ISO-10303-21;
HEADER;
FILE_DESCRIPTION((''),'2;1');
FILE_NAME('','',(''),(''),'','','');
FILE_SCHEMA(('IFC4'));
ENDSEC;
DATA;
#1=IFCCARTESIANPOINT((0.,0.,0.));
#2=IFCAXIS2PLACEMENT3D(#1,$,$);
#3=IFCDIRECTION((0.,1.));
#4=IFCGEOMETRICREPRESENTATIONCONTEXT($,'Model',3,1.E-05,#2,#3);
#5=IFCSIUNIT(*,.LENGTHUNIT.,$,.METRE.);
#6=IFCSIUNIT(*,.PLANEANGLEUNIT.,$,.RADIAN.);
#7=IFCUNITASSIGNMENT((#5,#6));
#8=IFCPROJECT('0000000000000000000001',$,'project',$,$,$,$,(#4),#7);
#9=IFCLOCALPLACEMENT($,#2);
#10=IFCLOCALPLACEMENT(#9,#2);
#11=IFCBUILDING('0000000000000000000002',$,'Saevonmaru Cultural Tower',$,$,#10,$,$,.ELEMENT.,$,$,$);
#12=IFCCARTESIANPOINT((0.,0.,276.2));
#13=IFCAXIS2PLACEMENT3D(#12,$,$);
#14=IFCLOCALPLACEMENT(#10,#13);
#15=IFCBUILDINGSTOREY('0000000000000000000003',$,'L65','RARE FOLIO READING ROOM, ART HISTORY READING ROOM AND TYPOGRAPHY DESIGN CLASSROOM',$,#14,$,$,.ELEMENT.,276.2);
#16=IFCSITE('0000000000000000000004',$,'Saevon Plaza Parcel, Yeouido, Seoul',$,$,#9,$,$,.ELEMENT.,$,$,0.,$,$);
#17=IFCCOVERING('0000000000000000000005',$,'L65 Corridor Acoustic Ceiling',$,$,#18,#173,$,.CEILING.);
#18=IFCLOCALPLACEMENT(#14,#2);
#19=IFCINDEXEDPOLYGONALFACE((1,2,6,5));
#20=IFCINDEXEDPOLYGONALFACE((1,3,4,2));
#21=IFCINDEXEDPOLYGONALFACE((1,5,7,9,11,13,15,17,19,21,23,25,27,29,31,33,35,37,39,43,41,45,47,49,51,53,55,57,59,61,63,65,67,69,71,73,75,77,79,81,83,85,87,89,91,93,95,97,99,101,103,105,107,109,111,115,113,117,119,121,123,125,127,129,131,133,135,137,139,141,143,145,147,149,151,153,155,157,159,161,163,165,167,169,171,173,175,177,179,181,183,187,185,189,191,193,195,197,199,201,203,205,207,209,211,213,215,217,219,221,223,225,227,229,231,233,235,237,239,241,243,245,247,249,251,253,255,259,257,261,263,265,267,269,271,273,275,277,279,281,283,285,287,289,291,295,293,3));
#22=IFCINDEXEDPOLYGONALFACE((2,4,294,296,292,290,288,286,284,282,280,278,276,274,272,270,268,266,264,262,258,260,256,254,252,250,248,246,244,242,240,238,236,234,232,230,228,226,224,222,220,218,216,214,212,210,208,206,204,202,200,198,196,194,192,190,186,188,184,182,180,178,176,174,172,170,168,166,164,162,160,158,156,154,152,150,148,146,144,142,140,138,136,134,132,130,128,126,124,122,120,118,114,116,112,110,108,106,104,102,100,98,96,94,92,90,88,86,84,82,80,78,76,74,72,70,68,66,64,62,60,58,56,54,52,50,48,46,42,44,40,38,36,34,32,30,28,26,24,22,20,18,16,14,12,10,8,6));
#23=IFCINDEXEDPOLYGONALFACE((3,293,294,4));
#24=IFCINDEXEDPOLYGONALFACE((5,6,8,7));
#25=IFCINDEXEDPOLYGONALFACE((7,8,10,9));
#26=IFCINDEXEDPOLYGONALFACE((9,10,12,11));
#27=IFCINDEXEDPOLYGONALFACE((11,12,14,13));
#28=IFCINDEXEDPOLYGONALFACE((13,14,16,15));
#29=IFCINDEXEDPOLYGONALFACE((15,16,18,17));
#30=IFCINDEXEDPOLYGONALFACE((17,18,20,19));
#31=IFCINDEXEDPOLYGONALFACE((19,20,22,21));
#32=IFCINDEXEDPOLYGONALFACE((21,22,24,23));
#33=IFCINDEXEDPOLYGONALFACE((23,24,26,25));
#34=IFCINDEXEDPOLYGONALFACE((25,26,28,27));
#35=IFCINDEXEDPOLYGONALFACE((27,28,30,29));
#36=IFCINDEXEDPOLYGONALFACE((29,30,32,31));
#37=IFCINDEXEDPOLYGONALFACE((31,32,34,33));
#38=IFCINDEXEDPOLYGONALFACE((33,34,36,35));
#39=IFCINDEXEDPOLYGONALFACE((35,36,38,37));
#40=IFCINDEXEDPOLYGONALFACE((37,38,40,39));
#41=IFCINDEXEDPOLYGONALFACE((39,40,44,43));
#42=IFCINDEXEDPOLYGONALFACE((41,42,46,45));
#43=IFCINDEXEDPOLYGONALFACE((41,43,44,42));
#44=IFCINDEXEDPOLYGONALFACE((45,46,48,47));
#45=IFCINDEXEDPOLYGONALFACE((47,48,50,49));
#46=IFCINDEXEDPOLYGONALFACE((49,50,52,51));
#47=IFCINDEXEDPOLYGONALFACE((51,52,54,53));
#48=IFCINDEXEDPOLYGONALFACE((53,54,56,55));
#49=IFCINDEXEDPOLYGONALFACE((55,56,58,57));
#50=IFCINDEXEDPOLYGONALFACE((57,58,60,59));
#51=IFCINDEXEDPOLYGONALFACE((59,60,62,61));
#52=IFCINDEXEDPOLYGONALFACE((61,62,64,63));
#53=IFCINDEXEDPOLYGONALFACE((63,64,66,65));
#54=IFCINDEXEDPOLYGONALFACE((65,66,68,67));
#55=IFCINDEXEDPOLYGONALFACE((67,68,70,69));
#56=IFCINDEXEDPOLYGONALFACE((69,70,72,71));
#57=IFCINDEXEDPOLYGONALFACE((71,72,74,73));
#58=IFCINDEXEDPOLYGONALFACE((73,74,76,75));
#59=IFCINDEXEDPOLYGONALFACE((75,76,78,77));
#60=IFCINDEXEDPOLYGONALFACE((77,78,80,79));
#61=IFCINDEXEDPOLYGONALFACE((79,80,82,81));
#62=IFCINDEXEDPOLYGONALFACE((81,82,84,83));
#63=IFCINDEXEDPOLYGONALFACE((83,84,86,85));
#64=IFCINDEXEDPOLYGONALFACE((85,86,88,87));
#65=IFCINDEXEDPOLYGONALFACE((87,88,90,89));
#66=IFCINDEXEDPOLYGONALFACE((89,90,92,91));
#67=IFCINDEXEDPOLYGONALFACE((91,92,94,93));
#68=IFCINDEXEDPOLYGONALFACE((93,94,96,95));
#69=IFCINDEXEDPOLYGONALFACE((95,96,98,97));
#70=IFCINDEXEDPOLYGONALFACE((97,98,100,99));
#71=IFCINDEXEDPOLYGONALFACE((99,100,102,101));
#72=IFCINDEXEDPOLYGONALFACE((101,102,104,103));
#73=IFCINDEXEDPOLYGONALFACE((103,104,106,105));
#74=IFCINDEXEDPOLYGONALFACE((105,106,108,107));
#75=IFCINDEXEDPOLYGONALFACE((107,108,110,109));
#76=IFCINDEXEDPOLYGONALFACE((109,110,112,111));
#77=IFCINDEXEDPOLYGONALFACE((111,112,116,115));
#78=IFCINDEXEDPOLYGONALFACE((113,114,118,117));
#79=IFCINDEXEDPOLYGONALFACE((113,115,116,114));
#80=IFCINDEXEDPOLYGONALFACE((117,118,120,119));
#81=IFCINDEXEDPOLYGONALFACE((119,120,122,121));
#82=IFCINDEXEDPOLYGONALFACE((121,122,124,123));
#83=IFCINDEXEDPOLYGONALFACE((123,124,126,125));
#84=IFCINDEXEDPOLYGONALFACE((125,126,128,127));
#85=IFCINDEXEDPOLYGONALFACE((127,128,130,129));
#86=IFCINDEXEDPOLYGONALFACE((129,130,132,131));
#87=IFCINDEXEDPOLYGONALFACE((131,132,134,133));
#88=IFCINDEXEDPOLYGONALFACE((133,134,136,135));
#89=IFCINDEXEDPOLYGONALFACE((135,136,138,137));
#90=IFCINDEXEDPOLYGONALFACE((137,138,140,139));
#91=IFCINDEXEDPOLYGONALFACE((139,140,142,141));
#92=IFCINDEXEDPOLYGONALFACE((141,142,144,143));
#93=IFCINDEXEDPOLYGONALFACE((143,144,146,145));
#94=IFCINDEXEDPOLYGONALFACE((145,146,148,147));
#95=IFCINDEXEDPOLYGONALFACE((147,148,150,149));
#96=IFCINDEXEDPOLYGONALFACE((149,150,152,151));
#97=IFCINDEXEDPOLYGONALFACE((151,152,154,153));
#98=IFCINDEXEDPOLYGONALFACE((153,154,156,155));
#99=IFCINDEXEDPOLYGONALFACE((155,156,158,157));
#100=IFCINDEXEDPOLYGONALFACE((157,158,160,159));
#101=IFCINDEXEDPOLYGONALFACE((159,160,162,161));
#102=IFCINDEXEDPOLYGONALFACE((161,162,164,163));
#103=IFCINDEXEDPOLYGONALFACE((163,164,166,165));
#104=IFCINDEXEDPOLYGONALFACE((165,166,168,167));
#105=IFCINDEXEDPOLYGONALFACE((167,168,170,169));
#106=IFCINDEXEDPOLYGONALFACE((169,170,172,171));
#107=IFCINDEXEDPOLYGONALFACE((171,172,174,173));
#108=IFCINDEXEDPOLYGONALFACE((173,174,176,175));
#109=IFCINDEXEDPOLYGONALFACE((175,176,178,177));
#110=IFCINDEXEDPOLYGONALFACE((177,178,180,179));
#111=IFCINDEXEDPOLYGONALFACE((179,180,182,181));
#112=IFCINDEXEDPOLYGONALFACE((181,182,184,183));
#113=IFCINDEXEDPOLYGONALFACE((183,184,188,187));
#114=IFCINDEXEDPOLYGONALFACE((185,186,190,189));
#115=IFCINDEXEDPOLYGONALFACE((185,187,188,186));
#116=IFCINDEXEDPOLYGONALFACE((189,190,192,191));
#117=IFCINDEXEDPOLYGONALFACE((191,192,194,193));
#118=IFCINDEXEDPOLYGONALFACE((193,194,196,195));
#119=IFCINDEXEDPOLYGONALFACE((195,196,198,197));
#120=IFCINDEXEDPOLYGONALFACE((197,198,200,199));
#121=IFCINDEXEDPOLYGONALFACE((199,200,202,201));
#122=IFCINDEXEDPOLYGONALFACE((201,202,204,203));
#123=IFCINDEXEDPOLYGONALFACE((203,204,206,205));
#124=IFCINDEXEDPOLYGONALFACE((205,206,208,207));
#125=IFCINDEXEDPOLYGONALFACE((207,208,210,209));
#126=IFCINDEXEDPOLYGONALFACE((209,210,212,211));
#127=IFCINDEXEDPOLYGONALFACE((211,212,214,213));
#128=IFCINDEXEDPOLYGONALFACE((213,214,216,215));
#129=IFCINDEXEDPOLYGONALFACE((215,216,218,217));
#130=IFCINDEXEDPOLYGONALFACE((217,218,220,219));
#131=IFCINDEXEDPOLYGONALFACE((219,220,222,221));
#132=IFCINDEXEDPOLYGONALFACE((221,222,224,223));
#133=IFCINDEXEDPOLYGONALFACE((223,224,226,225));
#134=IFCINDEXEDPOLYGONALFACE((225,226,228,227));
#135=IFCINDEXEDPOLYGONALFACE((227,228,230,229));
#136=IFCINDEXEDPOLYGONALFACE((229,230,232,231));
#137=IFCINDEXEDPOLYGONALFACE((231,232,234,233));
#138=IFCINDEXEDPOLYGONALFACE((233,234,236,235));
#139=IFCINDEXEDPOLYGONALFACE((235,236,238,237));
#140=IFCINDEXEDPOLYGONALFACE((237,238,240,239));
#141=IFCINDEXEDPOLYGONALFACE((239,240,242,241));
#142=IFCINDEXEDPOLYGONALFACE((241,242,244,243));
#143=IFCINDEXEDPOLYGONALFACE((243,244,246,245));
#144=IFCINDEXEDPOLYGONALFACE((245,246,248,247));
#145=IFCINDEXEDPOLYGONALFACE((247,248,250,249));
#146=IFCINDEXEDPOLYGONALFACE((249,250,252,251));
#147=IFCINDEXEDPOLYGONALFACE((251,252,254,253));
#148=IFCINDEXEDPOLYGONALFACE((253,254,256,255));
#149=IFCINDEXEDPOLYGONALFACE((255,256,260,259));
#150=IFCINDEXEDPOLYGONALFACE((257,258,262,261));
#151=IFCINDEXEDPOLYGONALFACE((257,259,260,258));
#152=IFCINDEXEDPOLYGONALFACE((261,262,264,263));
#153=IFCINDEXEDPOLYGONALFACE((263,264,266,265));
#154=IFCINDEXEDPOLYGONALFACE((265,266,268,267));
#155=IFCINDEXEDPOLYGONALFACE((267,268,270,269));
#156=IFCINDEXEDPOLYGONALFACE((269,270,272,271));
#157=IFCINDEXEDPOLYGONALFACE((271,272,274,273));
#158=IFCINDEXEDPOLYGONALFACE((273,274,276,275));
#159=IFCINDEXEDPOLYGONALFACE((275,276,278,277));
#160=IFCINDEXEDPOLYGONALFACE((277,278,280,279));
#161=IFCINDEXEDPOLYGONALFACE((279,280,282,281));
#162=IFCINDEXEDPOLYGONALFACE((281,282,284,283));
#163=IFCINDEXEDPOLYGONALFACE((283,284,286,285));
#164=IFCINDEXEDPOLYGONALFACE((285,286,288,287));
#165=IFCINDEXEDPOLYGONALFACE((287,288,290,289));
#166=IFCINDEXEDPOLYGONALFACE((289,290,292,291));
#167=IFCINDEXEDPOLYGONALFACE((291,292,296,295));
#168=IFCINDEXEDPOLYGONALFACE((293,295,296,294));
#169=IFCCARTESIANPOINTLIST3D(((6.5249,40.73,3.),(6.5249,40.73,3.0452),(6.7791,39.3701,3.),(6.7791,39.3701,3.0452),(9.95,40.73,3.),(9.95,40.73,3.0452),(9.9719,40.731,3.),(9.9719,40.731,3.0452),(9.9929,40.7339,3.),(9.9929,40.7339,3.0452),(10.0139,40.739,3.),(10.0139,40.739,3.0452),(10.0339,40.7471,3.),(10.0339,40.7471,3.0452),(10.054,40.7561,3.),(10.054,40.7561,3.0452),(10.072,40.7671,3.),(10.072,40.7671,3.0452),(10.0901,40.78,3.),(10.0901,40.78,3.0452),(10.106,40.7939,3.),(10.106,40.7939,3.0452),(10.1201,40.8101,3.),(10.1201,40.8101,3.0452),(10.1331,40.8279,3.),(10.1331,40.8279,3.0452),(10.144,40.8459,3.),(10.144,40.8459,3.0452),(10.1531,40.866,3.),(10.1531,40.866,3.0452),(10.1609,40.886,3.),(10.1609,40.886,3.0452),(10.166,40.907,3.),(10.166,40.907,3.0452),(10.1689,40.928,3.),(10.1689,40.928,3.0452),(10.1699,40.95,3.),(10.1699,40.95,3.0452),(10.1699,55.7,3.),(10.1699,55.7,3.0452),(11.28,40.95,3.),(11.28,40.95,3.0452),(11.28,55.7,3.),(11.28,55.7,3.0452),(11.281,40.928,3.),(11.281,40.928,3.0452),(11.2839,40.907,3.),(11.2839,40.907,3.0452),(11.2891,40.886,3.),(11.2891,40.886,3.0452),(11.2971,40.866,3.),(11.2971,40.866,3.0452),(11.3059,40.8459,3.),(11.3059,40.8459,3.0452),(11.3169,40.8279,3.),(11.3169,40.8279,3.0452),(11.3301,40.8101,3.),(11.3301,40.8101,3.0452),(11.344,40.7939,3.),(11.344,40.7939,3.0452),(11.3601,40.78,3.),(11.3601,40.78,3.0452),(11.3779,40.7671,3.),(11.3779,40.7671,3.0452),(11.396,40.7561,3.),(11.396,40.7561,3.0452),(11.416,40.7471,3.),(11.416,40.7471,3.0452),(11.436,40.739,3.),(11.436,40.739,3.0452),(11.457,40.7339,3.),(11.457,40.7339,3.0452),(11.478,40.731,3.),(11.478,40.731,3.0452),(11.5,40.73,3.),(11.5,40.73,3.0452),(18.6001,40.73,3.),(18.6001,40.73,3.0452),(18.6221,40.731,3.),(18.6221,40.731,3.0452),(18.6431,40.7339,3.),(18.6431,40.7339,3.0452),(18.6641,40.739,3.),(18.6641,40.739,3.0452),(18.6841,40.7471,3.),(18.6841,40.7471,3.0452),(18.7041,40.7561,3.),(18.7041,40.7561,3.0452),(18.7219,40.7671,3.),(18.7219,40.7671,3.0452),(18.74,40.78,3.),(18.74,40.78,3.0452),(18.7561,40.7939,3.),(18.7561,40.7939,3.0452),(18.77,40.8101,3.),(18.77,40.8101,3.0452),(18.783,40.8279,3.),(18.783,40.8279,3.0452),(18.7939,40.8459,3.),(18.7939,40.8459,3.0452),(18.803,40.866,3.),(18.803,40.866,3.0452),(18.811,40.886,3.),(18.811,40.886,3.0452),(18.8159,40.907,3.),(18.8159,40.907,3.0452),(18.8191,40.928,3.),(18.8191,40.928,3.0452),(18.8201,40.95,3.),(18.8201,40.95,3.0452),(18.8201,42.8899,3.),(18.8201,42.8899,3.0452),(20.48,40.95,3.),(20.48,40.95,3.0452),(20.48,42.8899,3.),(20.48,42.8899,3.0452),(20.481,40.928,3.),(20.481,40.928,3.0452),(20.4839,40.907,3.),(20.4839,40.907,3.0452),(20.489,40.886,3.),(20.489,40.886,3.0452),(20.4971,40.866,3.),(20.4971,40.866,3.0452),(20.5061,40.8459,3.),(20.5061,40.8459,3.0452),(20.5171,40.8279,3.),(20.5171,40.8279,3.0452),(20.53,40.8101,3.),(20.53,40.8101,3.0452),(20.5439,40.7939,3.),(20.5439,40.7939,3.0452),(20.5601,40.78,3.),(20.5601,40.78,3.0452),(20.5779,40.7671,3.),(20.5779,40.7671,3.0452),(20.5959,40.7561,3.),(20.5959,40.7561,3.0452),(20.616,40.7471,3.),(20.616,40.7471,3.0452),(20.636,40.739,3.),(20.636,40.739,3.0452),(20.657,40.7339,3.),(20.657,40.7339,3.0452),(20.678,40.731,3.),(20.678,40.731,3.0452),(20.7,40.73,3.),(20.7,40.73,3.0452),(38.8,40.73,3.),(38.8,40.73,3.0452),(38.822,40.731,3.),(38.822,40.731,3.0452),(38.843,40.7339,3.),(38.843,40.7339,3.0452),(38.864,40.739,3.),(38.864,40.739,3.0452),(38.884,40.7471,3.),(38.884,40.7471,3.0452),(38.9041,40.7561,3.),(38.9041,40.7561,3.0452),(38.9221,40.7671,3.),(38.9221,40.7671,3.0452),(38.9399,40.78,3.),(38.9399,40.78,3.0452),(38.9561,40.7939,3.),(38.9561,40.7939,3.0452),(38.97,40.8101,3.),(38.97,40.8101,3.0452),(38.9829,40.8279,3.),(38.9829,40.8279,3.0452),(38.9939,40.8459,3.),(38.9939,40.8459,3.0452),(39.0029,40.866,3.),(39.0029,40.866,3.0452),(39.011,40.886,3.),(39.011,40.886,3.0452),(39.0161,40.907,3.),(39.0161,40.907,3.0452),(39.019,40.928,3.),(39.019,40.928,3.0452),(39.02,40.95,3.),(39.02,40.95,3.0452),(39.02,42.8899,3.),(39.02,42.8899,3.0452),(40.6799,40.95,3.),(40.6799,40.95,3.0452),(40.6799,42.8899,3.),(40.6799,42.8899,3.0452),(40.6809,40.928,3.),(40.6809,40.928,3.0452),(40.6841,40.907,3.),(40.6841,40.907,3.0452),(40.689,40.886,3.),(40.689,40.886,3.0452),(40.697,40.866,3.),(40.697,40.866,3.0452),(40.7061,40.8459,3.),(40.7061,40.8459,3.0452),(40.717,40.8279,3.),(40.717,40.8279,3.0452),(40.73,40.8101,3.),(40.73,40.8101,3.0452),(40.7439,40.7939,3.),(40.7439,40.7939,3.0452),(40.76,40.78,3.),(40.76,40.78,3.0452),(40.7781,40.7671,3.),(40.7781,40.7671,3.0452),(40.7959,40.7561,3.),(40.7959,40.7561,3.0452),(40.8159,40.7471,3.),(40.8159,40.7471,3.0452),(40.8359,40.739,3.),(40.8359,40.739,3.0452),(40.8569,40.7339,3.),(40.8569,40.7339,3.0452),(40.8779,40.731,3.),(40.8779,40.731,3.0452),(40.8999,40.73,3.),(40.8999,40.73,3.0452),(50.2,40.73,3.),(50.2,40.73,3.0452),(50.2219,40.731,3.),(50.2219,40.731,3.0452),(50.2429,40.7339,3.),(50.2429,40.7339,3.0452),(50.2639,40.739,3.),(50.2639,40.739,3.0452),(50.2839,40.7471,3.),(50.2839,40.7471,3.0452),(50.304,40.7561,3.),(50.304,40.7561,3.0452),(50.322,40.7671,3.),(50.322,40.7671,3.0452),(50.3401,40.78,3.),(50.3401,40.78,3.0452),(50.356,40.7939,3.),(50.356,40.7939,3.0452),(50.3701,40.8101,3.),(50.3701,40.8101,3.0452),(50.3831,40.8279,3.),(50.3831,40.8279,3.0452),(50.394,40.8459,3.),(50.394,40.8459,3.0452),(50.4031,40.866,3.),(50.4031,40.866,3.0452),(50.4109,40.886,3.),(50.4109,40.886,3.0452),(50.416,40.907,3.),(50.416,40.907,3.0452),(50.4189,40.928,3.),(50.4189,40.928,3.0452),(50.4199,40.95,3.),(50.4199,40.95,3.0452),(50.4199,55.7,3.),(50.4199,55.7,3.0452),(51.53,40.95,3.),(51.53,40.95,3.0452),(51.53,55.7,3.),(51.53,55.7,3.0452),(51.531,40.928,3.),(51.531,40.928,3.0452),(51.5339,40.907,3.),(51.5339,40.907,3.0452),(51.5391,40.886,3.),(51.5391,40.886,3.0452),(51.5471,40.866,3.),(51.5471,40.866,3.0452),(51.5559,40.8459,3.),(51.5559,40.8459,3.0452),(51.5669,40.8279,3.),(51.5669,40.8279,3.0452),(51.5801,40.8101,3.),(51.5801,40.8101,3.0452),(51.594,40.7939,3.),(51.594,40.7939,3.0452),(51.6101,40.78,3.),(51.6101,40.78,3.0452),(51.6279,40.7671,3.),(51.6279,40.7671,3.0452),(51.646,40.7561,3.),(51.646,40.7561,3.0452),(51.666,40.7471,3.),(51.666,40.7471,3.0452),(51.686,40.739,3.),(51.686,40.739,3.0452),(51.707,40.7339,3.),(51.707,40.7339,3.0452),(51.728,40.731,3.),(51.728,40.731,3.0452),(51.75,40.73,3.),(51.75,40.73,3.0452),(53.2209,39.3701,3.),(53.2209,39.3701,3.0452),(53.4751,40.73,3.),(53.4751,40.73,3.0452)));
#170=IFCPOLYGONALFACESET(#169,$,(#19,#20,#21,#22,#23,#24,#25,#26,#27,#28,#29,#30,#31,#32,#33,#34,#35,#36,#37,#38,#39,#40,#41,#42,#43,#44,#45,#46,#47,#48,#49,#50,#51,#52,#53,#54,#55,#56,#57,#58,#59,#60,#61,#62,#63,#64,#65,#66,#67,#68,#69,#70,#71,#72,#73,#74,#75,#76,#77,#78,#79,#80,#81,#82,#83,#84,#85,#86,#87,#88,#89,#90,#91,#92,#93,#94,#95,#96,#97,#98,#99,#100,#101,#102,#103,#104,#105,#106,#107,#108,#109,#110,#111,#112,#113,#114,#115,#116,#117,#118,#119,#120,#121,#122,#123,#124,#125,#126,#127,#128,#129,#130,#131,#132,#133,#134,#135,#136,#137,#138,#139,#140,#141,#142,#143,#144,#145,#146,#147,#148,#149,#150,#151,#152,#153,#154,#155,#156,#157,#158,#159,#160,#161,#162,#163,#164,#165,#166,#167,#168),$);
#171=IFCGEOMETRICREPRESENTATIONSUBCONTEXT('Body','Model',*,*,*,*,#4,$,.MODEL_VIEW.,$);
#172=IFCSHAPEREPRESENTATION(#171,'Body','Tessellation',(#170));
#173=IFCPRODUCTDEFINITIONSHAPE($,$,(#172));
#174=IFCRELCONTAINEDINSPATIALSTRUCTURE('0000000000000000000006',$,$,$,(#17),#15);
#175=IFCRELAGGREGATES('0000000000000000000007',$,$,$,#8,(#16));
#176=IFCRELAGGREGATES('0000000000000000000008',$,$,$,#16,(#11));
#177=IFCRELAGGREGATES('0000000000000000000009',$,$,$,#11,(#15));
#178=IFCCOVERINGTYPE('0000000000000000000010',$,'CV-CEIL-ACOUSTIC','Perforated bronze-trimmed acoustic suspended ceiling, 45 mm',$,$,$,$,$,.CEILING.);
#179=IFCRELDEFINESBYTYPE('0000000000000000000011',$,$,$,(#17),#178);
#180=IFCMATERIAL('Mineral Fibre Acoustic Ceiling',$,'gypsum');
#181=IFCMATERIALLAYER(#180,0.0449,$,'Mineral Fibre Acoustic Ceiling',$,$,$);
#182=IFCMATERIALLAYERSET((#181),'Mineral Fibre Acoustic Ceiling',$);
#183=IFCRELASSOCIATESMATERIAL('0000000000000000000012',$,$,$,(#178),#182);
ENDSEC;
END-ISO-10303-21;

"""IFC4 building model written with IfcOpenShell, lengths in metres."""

from ifc_helpers import new_model, si_unit, direction, frame, origin, place, context, subcontext, project, spatial, polyline, outline, extrude, material, layer, layer_set, type_object, element, save


model = new_model("IFC4")

# Units and contexts
model_context = context("Model", 3, precision=1e-05, world=origin(), true_north=direction((0.0, 1.0)))
body_context = subcontext(model_context, "Body", "Model", "MODEL_VIEW")
ifc_project = project(units=[si_unit("LENGTHUNIT", "METRE"), si_unit("PLANEANGLEUNIT", "RADIAN")], contexts=[model_context])

# Site, building, storey
site_placement = place(None, origin())
site = spatial("IfcSite", under=ifc_project, at=site_placement, Name="Saevon Plaza Parcel, Yeouido, Seoul", CompositionType="ELEMENT", RefElevation=0.0)
building_placement = place(site_placement, origin())
building = spatial("IfcBuilding", under=site, at=building_placement, Name="Saevonmaru Cultural Tower", CompositionType="ELEMENT")
storey_placement = place(building_placement, frame((0.0, 0.0, 276.2)))
storey = spatial("IfcBuildingStorey", under=building, at=storey_placement, Name="L65", Description="RARE FOLIO READING ROOM, ART HISTORY READING ROOM AND TYPOGRAPHY DESIGN CLASSROOM", CompositionType="ELEMENT", Elevation=276.2)

# Covering
ifc_material_1 = material(Name="Mineral Fibre Acoustic Ceiling", Category="gypsum")
ifc_layer_1 = layer(ifc_material_1, 0.0449, Name="Mineral Fibre Acoustic Ceiling")
ifc_layer_set_1 = layer_set([ifc_layer_1], Name="Mineral Fibre Acoustic Ceiling")
covering_type_1 = type_object("IfcCoveringType", Name="CV-CEIL-ACOUSTIC", Description="Perforated bronze-trimmed acoustic suspended ceiling, 45 mm", PredefinedType="CEILING", material=ifc_layer_set_1)
covering_1_placement = place(storey_placement, frame((0.0, 0.0, 3.0)))
element("IfcCovering", 1, at=covering_1_placement, inside=storey, type_object=covering_type_1, Name="L65 Corridor Acoustic Ceiling", PredefinedType="CEILING", context=body_context, shape_type="SweptSolid", body=[
    extrude(outline(polyline([(6.7791, 39.3701), (6.5249, 40.73), (9.95, 40.73), (9.9719, 40.731), (9.9929, 40.7339), (10.0139, 40.739), (10.0339, 40.7471), (10.054, 40.7561), (10.072, 40.7671), (10.0901, 40.78), (10.106, 40.7939), (10.1201, 40.8101), (10.1331, 40.8279), (10.144, 40.8459), (10.1531, 40.866), (10.1609, 40.886), (10.166, 40.907), (10.1689, 40.928), (10.1699, 40.95), (10.1699, 55.7), (11.28, 55.7), (11.28, 40.95), (11.281, 40.928), (11.2839, 40.907), (11.2891, 40.886), (11.2971, 40.866), (11.3059, 40.8459), (11.3169, 40.8279), (11.3301, 40.8101), (11.344, 40.7939), (11.3601, 40.78), (11.3779, 40.7671), (11.396, 40.7561), (11.416, 40.7471), (11.436, 40.739), (11.457, 40.7339), (11.478, 40.731), (11.5, 40.73), (18.6001, 40.73), (18.6221, 40.731), (18.6431, 40.7339), (18.6641, 40.739), (18.6841, 40.7471), (18.7041, 40.7561), (18.7219, 40.7671), (18.74, 40.78), (18.7561, 40.7939), (18.77, 40.8101), (18.783, 40.8279), (18.7939, 40.8459), (18.803, 40.866), (18.811, 40.886), (18.8159, 40.907), (18.8191, 40.928), (18.8201, 40.95), (18.8201, 42.8899), (20.48, 42.8899), (20.48, 40.95), (20.481, 40.928), (20.4839, 40.907), (20.489, 40.886), (20.4971, 40.866), (20.5061, 40.8459), (20.5171, 40.8279), (20.53, 40.8101), (20.5439, 40.7939), (20.5601, 40.78), (20.5779, 40.7671), (20.5959, 40.7561), (20.616, 40.7471), (20.636, 40.739), (20.657, 40.7339), (20.678, 40.731), (20.7, 40.73), (38.8, 40.73), (38.822, 40.731), (38.843, 40.7339), (38.864, 40.739), (38.884, 40.7471), (38.9041, 40.7561), (38.9221, 40.7671), (38.9399, 40.78), (38.9561, 40.7939), (38.97, 40.8101), (38.9829, 40.8279), (38.9939, 40.8459), (39.0029, 40.866), (39.011, 40.886), (39.0161, 40.907), (39.019, 40.928), (39.02, 40.95), (39.02, 42.8899), (40.6799, 42.8899), (40.6799, 40.95), (40.6809, 40.928), (40.6841, 40.907), (40.689, 40.886), (40.697, 40.866), (40.7061, 40.8459), (40.717, 40.8279), (40.73, 40.8101), (40.7439, 40.7939), (40.76, 40.78), (40.7781, 40.7671), (40.7959, 40.7561), (40.8159, 40.7471), (40.8359, 40.739), (40.8569, 40.7339), (40.8779, 40.731), (40.8999, 40.73), (50.2, 40.73), (50.2219, 40.731), (50.2429, 40.7339), (50.2639, 40.739), (50.2839, 40.7471), (50.304, 40.7561), (50.322, 40.7671), (50.3401, 40.78), (50.356, 40.7939), (50.3701, 40.8101), (50.3831, 40.8279), (50.394, 40.8459), (50.4031, 40.866), (50.4109, 40.886), (50.416, 40.907), (50.4189, 40.928), (50.4199, 40.95), (50.4199, 55.7), (51.53, 55.7), (51.53, 40.95), (51.531, 40.928), (51.5339, 40.907), (51.5391, 40.886), (51.5471, 40.866), (51.5559, 40.8459), (51.5669, 40.8279), (51.5801, 40.8101), (51.594, 40.7939), (51.6101, 40.78), (51.6279, 40.7671), (51.646, 40.7561), (51.666, 40.7471), (51.686, 40.739), (51.707, 40.7339), (51.728, 40.731), (51.75, 40.73), (53.4751, 40.73), (53.2209, 39.3701), (6.7791, 39.3701)])), origin(), (0.0, 0.0, 1.0), 0.0452),
])

save(model, "model.ifc")
